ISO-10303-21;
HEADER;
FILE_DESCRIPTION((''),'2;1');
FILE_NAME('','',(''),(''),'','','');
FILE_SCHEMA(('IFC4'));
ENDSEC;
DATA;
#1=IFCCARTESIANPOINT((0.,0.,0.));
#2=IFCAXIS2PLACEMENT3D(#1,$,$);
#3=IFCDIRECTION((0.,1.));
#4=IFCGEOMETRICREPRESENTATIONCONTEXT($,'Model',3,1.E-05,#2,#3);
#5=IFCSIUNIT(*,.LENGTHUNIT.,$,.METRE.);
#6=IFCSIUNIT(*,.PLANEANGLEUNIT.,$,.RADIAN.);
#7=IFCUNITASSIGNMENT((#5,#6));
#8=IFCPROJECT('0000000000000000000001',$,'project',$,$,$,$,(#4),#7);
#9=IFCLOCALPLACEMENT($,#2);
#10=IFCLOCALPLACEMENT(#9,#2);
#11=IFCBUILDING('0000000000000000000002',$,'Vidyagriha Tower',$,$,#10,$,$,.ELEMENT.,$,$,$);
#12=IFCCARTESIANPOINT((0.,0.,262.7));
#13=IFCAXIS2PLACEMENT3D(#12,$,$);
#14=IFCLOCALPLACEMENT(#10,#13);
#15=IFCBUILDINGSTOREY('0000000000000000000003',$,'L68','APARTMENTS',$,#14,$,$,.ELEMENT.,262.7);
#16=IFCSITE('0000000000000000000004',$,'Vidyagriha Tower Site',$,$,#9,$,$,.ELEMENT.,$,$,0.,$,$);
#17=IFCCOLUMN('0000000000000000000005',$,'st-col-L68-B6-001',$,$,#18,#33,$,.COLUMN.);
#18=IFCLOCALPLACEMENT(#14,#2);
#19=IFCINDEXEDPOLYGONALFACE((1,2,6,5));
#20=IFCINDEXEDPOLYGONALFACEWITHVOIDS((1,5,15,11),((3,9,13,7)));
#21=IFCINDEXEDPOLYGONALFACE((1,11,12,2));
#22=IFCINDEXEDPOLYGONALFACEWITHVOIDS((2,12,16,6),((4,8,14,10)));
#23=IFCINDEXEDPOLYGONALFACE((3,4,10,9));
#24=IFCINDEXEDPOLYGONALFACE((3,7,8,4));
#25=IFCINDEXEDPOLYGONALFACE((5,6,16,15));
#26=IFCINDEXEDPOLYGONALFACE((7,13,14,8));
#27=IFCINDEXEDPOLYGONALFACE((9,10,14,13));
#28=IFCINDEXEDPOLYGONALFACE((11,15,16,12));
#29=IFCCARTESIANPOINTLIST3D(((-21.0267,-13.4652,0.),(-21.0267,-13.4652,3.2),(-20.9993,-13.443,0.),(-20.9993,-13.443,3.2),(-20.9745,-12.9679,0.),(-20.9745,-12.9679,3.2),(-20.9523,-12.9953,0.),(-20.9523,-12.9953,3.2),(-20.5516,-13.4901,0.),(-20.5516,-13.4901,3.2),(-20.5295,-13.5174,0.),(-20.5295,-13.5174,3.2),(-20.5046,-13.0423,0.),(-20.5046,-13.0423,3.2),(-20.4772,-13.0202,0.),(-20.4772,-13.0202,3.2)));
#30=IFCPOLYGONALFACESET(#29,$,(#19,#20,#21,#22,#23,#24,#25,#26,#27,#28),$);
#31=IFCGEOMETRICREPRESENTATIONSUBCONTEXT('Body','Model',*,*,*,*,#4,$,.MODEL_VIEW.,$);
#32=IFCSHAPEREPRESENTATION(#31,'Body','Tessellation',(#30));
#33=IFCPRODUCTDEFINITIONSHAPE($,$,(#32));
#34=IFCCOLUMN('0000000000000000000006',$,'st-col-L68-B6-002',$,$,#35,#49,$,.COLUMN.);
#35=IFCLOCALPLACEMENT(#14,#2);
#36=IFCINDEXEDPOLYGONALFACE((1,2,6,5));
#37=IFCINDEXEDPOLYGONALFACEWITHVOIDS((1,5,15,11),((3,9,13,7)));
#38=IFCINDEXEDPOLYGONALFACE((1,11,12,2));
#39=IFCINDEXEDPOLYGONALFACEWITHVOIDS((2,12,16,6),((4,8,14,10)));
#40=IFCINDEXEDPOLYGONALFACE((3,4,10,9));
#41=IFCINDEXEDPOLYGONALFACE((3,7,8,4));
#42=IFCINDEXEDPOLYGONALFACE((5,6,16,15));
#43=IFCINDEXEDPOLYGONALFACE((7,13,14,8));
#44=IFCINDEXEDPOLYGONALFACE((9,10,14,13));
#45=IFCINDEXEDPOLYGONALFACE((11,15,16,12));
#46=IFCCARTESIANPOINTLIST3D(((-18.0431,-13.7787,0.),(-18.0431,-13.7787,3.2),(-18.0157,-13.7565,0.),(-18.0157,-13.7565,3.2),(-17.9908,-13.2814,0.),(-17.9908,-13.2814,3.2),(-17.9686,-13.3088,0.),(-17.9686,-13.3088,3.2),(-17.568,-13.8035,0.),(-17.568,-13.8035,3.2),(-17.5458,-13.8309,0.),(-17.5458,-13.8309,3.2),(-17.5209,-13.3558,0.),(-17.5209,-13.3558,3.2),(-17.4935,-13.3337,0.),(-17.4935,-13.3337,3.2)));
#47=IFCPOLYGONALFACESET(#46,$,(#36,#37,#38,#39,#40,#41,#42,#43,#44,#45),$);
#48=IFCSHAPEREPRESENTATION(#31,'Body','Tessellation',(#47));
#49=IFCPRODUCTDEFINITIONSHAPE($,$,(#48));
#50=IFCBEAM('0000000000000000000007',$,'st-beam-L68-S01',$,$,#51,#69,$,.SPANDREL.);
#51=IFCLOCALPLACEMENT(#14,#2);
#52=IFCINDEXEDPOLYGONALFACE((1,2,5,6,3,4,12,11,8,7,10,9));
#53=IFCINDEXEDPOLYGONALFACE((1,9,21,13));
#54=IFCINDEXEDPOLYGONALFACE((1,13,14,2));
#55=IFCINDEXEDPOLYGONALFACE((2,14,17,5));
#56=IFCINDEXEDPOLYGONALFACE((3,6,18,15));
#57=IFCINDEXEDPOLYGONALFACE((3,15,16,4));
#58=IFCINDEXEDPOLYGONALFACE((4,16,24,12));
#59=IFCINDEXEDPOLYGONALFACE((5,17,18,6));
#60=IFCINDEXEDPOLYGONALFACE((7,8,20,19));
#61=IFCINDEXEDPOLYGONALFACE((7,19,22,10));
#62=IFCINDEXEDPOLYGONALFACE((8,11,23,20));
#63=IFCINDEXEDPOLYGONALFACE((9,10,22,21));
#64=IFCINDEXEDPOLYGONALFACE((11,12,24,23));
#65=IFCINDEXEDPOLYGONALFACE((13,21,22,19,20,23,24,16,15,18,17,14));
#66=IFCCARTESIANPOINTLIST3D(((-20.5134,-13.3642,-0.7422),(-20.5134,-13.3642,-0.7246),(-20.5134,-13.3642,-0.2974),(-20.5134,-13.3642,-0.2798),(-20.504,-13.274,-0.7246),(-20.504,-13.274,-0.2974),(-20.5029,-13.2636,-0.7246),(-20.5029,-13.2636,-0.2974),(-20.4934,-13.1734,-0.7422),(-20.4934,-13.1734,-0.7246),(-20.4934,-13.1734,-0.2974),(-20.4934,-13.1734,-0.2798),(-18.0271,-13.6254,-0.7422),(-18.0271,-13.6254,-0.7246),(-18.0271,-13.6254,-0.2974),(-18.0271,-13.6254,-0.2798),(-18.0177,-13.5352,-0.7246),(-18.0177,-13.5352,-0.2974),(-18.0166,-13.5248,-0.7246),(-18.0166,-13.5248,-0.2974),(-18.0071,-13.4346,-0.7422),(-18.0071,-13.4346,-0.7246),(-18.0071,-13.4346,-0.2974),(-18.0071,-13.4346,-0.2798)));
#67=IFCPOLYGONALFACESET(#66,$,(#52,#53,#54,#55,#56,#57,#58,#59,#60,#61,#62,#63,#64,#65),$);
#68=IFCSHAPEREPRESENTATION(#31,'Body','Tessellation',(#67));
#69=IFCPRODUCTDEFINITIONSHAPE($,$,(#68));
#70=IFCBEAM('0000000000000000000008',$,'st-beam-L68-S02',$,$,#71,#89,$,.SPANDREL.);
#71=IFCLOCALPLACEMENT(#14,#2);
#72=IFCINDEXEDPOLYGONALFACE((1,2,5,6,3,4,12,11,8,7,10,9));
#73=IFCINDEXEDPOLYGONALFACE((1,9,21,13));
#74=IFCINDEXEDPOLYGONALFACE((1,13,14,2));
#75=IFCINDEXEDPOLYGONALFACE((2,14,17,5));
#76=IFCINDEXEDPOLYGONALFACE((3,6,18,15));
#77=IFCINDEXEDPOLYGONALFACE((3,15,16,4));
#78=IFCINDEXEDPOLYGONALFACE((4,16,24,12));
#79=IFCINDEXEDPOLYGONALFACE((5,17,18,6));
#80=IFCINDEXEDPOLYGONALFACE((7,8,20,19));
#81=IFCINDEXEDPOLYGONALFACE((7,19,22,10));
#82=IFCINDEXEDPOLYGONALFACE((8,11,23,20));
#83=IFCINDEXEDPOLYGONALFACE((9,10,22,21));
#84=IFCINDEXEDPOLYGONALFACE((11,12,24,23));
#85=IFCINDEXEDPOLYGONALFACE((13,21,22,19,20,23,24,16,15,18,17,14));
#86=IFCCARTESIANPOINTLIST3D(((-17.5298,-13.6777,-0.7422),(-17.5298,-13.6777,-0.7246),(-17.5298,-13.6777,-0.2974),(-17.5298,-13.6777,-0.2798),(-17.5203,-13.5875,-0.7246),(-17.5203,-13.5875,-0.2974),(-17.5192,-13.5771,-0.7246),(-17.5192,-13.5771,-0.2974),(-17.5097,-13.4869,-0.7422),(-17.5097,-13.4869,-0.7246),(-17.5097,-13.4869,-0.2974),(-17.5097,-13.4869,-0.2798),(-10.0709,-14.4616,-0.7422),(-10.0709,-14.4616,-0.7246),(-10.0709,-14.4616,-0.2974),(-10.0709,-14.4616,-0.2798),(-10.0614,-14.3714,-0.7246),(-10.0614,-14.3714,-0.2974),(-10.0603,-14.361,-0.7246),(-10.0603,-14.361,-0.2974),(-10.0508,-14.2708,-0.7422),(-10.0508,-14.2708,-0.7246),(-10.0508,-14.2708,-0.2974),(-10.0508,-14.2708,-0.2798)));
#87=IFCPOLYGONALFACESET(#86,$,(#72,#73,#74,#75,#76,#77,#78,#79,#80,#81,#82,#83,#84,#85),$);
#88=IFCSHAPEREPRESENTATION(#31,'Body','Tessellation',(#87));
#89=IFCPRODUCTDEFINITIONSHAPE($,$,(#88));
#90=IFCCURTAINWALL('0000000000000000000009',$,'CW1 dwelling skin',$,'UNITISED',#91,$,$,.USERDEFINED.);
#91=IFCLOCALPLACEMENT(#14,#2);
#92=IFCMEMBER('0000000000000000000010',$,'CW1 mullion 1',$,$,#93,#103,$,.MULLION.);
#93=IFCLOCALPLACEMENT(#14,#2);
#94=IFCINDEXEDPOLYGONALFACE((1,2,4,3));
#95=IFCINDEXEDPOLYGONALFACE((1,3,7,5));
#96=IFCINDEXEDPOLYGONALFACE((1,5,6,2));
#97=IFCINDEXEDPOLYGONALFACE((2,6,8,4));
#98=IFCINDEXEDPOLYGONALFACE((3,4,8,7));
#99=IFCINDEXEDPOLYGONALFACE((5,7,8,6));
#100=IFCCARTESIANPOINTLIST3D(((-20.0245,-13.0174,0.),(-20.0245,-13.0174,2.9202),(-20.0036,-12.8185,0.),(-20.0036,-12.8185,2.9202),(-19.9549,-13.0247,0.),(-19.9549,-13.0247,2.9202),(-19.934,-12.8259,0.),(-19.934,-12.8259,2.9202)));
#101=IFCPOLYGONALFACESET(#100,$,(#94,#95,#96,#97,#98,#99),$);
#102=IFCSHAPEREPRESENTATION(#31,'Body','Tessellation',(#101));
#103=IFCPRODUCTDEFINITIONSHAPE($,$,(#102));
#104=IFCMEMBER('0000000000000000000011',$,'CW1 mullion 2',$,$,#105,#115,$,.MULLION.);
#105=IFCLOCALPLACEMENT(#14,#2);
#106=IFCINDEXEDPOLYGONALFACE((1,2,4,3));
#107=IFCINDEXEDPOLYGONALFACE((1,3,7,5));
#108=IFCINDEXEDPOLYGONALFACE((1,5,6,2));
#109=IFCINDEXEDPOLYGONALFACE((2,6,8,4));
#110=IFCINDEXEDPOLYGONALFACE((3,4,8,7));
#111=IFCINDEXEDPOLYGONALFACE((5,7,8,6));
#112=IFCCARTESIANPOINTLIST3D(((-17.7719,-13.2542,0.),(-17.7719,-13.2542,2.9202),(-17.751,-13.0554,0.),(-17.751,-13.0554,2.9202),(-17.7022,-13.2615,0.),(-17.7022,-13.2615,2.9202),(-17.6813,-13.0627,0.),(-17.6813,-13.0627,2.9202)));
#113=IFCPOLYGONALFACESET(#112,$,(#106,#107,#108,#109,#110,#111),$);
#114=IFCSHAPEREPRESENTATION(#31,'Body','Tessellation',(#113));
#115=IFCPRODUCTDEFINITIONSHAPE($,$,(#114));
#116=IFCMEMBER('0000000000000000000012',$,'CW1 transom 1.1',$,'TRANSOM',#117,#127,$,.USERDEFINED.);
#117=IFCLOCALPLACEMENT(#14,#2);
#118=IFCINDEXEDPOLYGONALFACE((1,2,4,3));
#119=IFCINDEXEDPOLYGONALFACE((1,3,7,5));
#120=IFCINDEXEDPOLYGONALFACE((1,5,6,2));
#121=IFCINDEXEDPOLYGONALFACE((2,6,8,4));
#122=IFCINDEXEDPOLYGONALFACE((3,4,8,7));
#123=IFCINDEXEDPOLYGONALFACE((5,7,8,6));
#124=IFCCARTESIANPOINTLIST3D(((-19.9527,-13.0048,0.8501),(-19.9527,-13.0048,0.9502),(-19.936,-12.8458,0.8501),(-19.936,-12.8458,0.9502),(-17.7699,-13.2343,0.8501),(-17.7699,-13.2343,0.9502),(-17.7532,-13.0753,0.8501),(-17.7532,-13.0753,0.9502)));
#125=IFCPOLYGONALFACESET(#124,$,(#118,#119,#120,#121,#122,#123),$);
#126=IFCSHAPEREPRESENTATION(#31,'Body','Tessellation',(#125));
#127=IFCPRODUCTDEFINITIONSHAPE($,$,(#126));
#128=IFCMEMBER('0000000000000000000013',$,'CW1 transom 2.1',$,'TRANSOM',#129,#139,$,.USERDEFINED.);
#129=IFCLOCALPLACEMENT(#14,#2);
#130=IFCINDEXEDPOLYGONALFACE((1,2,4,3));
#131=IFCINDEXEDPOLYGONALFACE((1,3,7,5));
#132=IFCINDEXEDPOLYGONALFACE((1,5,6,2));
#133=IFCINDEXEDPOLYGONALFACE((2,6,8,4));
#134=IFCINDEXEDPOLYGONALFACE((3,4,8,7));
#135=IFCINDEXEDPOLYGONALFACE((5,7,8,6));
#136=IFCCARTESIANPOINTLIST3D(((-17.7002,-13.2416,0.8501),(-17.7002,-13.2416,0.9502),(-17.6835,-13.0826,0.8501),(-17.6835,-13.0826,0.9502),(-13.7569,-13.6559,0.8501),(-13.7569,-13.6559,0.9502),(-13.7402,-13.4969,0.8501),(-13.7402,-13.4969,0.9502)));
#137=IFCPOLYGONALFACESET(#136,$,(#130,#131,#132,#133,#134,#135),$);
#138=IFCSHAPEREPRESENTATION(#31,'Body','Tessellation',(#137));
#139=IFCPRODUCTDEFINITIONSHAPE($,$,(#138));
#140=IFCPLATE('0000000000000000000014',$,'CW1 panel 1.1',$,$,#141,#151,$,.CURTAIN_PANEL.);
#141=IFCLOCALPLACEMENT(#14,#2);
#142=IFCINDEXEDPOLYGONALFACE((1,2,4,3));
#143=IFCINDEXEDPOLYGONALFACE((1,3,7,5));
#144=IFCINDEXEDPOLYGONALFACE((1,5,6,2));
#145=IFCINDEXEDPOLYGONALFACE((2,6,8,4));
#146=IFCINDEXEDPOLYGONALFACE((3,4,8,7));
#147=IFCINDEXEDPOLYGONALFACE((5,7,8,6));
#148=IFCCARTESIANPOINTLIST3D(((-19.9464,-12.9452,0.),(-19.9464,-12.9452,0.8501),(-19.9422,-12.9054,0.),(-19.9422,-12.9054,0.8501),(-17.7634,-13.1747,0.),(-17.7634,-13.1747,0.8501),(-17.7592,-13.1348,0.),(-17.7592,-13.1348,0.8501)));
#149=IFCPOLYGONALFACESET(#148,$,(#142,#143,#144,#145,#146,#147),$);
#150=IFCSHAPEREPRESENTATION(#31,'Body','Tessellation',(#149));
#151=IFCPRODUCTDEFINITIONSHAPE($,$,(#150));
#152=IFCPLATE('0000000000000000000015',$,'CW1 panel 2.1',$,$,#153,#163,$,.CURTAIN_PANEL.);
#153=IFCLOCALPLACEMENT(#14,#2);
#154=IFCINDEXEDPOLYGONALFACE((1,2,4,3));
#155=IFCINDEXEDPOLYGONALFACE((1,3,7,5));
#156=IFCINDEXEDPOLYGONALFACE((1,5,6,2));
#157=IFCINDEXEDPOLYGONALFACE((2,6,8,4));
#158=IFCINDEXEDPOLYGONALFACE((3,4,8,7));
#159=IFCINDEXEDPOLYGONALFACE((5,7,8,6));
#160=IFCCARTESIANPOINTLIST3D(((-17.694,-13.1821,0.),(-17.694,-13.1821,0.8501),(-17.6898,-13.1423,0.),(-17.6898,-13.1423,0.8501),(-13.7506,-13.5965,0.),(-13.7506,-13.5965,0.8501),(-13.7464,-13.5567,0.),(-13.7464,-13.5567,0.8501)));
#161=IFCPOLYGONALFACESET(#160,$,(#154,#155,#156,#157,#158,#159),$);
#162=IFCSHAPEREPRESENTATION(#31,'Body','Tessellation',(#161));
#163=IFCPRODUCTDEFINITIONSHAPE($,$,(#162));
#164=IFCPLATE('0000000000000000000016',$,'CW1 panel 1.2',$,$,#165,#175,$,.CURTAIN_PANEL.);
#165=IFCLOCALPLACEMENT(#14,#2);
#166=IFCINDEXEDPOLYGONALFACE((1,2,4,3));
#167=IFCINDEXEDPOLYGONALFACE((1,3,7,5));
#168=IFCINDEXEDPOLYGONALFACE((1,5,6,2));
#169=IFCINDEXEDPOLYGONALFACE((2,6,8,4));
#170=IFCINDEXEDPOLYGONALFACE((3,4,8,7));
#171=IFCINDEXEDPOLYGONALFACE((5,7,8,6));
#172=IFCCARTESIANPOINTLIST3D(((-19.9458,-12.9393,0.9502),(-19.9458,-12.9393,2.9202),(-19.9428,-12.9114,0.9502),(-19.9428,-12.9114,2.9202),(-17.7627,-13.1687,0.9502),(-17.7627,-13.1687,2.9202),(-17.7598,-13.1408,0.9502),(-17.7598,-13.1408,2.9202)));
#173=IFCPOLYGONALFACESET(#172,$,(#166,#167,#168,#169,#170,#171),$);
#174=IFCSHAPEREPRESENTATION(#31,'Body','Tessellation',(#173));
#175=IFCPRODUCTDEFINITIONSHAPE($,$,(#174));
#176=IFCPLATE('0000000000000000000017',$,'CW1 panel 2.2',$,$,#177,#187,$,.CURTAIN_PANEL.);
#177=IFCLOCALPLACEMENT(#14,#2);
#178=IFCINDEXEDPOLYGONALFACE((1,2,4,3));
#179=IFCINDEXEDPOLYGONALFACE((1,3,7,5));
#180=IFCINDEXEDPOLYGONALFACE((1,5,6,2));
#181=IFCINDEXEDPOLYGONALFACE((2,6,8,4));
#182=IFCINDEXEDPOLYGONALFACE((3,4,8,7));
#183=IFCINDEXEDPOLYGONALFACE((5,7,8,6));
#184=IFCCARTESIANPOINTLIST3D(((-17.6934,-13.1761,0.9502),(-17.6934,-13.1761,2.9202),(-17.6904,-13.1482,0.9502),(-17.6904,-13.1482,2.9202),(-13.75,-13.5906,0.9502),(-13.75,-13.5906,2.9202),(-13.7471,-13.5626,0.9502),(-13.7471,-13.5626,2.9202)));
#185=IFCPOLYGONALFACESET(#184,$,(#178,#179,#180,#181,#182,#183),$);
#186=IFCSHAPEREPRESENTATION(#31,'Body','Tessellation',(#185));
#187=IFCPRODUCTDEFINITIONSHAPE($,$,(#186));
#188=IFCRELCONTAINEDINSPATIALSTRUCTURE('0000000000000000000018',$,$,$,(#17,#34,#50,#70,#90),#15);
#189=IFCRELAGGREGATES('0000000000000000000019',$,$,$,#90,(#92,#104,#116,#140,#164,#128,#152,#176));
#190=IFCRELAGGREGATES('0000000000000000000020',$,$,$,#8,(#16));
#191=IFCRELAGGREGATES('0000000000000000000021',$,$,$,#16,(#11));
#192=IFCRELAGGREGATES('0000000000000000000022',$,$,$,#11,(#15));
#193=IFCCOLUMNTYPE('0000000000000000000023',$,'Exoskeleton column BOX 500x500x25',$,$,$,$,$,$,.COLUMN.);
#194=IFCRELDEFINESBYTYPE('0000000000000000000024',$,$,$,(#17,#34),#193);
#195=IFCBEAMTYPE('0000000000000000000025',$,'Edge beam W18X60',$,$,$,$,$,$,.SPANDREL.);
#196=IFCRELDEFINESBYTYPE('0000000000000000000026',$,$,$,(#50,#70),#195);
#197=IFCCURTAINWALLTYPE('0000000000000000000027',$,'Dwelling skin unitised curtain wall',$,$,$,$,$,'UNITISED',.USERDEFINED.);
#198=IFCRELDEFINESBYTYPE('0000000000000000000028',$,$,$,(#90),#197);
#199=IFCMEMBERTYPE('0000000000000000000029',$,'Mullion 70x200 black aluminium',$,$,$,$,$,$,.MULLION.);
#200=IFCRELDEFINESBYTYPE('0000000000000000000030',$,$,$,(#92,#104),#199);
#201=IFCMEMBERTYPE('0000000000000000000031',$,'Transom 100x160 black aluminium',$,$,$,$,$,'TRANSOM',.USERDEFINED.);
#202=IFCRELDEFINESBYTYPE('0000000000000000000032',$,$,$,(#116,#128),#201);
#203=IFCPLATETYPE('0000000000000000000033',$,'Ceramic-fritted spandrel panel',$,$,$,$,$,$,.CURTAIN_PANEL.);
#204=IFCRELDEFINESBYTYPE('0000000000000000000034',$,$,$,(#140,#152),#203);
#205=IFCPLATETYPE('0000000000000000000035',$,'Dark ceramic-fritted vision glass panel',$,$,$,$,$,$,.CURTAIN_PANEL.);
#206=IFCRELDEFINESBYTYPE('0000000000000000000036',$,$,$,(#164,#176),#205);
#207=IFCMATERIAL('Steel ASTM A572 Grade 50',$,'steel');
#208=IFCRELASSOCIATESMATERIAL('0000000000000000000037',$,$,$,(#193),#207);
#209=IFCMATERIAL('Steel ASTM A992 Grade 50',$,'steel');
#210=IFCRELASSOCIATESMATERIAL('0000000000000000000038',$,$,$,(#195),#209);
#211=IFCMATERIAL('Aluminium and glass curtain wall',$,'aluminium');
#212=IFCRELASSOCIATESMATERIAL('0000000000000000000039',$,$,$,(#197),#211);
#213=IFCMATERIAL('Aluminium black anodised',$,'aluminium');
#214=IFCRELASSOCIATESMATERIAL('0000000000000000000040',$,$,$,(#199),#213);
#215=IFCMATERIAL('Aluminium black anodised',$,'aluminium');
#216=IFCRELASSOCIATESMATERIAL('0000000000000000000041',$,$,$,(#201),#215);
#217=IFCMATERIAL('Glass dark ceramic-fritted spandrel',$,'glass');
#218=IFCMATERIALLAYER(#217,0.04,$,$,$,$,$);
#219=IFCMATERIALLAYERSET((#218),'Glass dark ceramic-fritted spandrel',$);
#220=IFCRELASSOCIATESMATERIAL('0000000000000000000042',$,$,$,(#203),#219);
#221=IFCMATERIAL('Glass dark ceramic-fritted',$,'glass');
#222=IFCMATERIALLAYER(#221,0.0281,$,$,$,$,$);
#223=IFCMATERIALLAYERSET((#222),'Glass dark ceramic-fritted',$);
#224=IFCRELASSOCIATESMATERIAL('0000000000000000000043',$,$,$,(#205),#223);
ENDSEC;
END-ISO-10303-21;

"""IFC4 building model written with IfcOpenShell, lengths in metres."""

from ifc_helpers import new_model, si_unit, direction, frame, origin, origin_2d, place, context, subcontext, project, spatial, rectangle, hollow_rectangle, i_section, extrude, material, layer, layer_set, material_profile, profile_set, type_object, element, aggregate, save


model = new_model("IFC4")

# Units and contexts
model_context = context("Model", 3, precision=1e-05, world=origin(), true_north=direction((0.0, 1.0)))
body_context = subcontext(model_context, "Body", "Model", "MODEL_VIEW")
ifc_project = project(units=[si_unit("LENGTHUNIT", "METRE"), si_unit("PLANEANGLEUNIT", "RADIAN")], contexts=[model_context])

# Site, building, storey
site_placement = place(None, origin())
site = spatial("IfcSite", under=ifc_project, at=site_placement, Name="Vidyagriha Tower Site", CompositionType="ELEMENT", RefElevation=0.0)
building_placement = place(site_placement, origin())
building = spatial("IfcBuilding", under=site, at=building_placement, Name="Vidyagriha Tower", CompositionType="ELEMENT")
storey_placement = place(building_placement, frame((0.0, 0.0, 262.7)))
storey = spatial("IfcBuildingStorey", under=building, at=storey_placement, Name="L68", Description="APARTMENTS", CompositionType="ELEMENT", Elevation=262.7)

# Columns
ifc_material_1 = material(Name="Steel ASTM A572 Grade 50", Category="steel")
ifc_material_profile_1 = material_profile(ifc_material_1, hollow_rectangle(XDim=0.5, YDim=0.5, WallThickness=0.0249, at=origin_2d()), Name="BOX 500x500x25")
ifc_profile_set_1 = profile_set([ifc_material_profile_1], Name="Steel ASTM A572 Grade 50")
column_type = type_object("IfcColumnType", Name="Exoskeleton column BOX 500x500x25", PredefinedType="COLUMN", material=ifc_profile_set_1)
for number, where, z_axis, x_axis, name in (
    (1, (-20.752, -13.2427, 0.0), (0.0, 0.0, 1.0), (0.994522, -0.104528, 0.0), "st-col-L68-B6-001"),
    (2, (-17.7683, -13.5562, 0.0), (0.0, 0.0, 1.0), (0.994522, -0.104528, 0.0), "st-col-L68-B6-002"),
):
    element("IfcColumn", number, at=place(storey_placement, frame(where, z_axis=z_axis, x_axis=x_axis)), inside=storey, type_object=column_type, Name=name, PredefinedType="COLUMN", context=body_context, shape_type="SweptSolid", body=[
        extrude(hollow_rectangle(XDim=0.5, YDim=0.5, WallThickness=0.0249, at=origin_2d()), origin(), (0.0, 0.0, 1.0), 3.2),
    ])

# Beams
ifc_material_2 = material(Name="Steel ASTM A992 Grade 50", Category="steel")
ifc_material_profile_2 = material_profile(ifc_material_2, i_section(OverallWidth=0.1919, OverallDepth=0.4624, WebThickness=0.0105, FlangeThickness=0.0176, at=origin_2d()), Name="W18X60")
ifc_profile_set_2 = profile_set([ifc_material_profile_2], Name="Steel ASTM A992 Grade 50")
beam_type = type_object("IfcBeamType", Name="Edge beam W18X60", PredefinedType="SPANDREL", material=ifc_profile_set_2)
beam_1_placement = place(storey_placement, frame((-20.5034, -13.2688, -0.511), z_axis=(0.994526, -0.104492, 0.0), x_axis=(0.104492, 0.994526, 0.0)))
element("IfcBeam", 3, at=beam_1_placement, inside=storey, type_object=beam_type, Name="st-beam-L68-S01", PredefinedType="SPANDREL", context=body_context, shape_type="SweptSolid", body=[
    extrude(i_section(OverallWidth=0.1919, OverallDepth=0.4624, WebThickness=0.0105, FlangeThickness=0.0176, at=origin_2d()), origin(), (0.0, 0.0, 1.0), 2.5),
])
beam_2_placement = place(storey_placement, frame((-17.5198, -13.5823, -0.511), z_axis=(0.994522, -0.104524, 0.0), x_axis=(0.104524, 0.994522, 0.0)))
element("IfcBeam", 4, at=beam_2_placement, inside=storey, type_object=beam_type, Name="st-beam-L68-S02", PredefinedType="SPANDREL", context=body_context, shape_type="SweptSolid", body=[
    extrude(i_section(OverallWidth=0.1919, OverallDepth=0.4624, WebThickness=0.0105, FlangeThickness=0.0176, at=origin_2d()), origin(), (0.0, 0.0, 1.0), 7.5),
])

# Curtain wall, members, plates
ifc_material_3 = material(Name="Aluminium and glass curtain wall", Category="aluminium")
curtain_wall_type = type_object("IfcCurtainWallType", Name="Dwelling skin unitised curtain wall", ElementType="UNITISED", PredefinedType="USERDEFINED", material=ifc_material_3)
curtain_wall_placement = place(storey_placement, origin())
curtain_wall = element("IfcCurtainWall", 5, at=curtain_wall_placement, inside=storey, type_object=curtain_wall_type, Name="CW1 dwelling skin", ObjectType="UNITISED", PredefinedType="USERDEFINED")
ifc_material_4 = material(Name="Aluminium black anodised", Category="aluminium")
ifc_material_profile_3 = material_profile(ifc_material_4, rectangle(XDim=0.2, YDim=0.0701, at=origin_2d()), Name="Mullion 70x200 black aluminium")
ifc_profile_set_3 = profile_set([ifc_material_profile_3], Name="Aluminium black anodised")
member_type_1 = type_object("IfcMemberType", Name="Mullion 70x200 black aluminium", PredefinedType="MULLION", material=ifc_profile_set_3)
member_1_placement = place(storey_placement, frame((-19.9792, -12.9216, 0.0), z_axis=(0.0, 0.0, 1.0), x_axis=(0.104524, 0.994522, 0.0)))
member_1 = element("IfcMember", 6, at=member_1_placement, type_object=member_type_1, Name="CW1 mullion 1", PredefinedType="MULLION", context=body_context, shape_type="SweptSolid", body=[
    extrude(rectangle(XDim=0.2, YDim=0.0701, at=origin_2d()), origin(), (0.0, 0.0, 1.0), 2.9202),
])
member_2_placement = place(storey_placement, frame((-17.7266, -13.1584, 0.0), z_axis=(0.0, 0.0, 1.0), x_axis=(0.104524, 0.994522, 0.0)))
member_2 = element("IfcMember", 7, at=member_2_placement, type_object=member_type_1, Name="CW1 mullion 2", PredefinedType="MULLION", context=body_context, shape_type="SweptSolid", body=[
    extrude(rectangle(XDim=0.2, YDim=0.0701, at=origin_2d()), origin(), (0.0, 0.0, 1.0), 2.9202),
])
ifc_material_5 = material(Name="Aluminium black anodised", Category="aluminium")
ifc_material_profile_4 = material_profile(ifc_material_5, rectangle(XDim=0.1599, YDim=0.1001, at=origin_2d()), Name="Transom 100x160 black aluminium")
ifc_profile_set_4 = profile_set([ifc_material_profile_4], Name="Aluminium black anodised")
member_type_2 = type_object("IfcMemberType", Name="Transom 100x160 black aluminium", ElementType="TRANSOM", PredefinedType="USERDEFINED", material=ifc_profile_set_4)
member_3_placement = place(storey_placement, frame((-19.9443, -12.9253, 0.9001), z_axis=(0.994519, -0.104557, 0.0), x_axis=(0.104557, 0.994519, 0.0)))
member_3 = element("IfcMember", 8, at=member_3_placement, type_object=member_type_2, Name="CW1 transom 1.1", ObjectType="TRANSOM", PredefinedType="USERDEFINED", context=body_context, shape_type="SweptSolid", body=[
    extrude(rectangle(XDim=0.1599, YDim=0.1001, at=origin_2d()), origin(), (0.0, 0.0, 1.0), 2.1948),
])
member_4_placement = place(storey_placement, frame((-17.6919, -13.1621, 0.9001), z_axis=(0.994526, -0.104489, 0.0), x_axis=(0.104489, 0.994526, 0.0)))
member_4 = element("IfcMember", 9, at=member_4_placement, type_object=member_type_2, Name="CW1 transom 2.1", ObjectType="TRANSOM", PredefinedType="USERDEFINED", context=body_context, shape_type="SweptSolid", body=[
    extrude(rectangle(XDim=0.1599, YDim=0.1001, at=origin_2d()), origin(), (0.0, 0.0, 1.0), 3.9651),
])
ifc_material_6 = material(Name="Glass dark ceramic-fritted spandrel", Category="glass")
ifc_layer_1 = layer(ifc_material_6, 0.04)
ifc_layer_set_1 = layer_set([ifc_layer_1], Name="Glass dark ceramic-fritted spandrel")
plate_type_1 = type_object("IfcPlateType", Name="Ceramic-fritted spandrel panel", PredefinedType="CURTAIN_PANEL", material=ifc_layer_set_1)
plate_1_placement = place(storey_placement, frame((-18.8528, -13.04, 0.0), z_axis=(0.0, 0.0, 1.0), x_axis=(0.994522, -0.104524, 0.0)))
plate_1 = element("IfcPlate", 10, at=plate_1_placement, type_object=plate_type_1, Name="CW1 panel 1.1", PredefinedType="CURTAIN_PANEL", context=body_context, shape_type="SweptSolid", body=[
    extrude(rectangle(XDim=2.1951, YDim=0.04, at=origin_2d()), origin(), (0.0, 0.0, 1.0), 0.8501),
])
plate_2_placement = place(storey_placement, frame((-15.7202, -13.3694, 0.0), z_axis=(0.0, 0.0, 1.0), x_axis=(0.994522, -0.104524, 0.0)))
plate_2 = element("IfcPlate", 11, at=plate_2_placement, type_object=plate_type_1, Name="CW1 panel 2.1", PredefinedType="CURTAIN_PANEL", context=body_context, shape_type="SweptSolid", body=[
    extrude(rectangle(XDim=3.9651, YDim=0.04, at=origin_2d()), origin(), (0.0, 0.0, 1.0), 0.8501),
])
ifc_material_7 = material(Name="Glass dark ceramic-fritted", Category="glass")
ifc_layer_2 = layer(ifc_material_7, 0.0281)
ifc_layer_set_2 = layer_set([ifc_layer_2], Name="Glass dark ceramic-fritted")
plate_type_2 = type_object("IfcPlateType", Name="Dark ceramic-fritted vision glass panel", PredefinedType="CURTAIN_PANEL", material=ifc_layer_set_2)
plate_3_placement = place(storey_placement, frame((-18.8528, -13.04, 0.9502), z_axis=(0.0, 0.0, 1.0), x_axis=(0.994522, -0.104524, 0.0)))
plate_3 = element("IfcPlate", 12, at=plate_3_placement, type_object=plate_type_2, Name="CW1 panel 1.2", PredefinedType="CURTAIN_PANEL", context=body_context, shape_type="SweptSolid", body=[
    extrude(rectangle(XDim=2.1951, YDim=0.0281, at=origin_2d()), origin(), (0.0, 0.0, 1.0), 1.97),
])
plate_4_placement = place(storey_placement, frame((-15.7202, -13.3694, 0.9502), z_axis=(0.0, 0.0, 1.0), x_axis=(0.994522, -0.104524, 0.0)))
plate_4 = element("IfcPlate", 13, at=plate_4_placement, type_object=plate_type_2, Name="CW1 panel 2.2", PredefinedType="CURTAIN_PANEL", context=body_context, shape_type="SweptSolid", body=[
    extrude(rectangle(XDim=3.9651, YDim=0.0281, at=origin_2d()), origin(), (0.0, 0.0, 1.0), 1.97),
])
aggregate(curtain_wall, [member_1, member_2, member_3, plate_1, plate_3, member_4, plate_2, plate_4])

save(model, "model.ifc")
